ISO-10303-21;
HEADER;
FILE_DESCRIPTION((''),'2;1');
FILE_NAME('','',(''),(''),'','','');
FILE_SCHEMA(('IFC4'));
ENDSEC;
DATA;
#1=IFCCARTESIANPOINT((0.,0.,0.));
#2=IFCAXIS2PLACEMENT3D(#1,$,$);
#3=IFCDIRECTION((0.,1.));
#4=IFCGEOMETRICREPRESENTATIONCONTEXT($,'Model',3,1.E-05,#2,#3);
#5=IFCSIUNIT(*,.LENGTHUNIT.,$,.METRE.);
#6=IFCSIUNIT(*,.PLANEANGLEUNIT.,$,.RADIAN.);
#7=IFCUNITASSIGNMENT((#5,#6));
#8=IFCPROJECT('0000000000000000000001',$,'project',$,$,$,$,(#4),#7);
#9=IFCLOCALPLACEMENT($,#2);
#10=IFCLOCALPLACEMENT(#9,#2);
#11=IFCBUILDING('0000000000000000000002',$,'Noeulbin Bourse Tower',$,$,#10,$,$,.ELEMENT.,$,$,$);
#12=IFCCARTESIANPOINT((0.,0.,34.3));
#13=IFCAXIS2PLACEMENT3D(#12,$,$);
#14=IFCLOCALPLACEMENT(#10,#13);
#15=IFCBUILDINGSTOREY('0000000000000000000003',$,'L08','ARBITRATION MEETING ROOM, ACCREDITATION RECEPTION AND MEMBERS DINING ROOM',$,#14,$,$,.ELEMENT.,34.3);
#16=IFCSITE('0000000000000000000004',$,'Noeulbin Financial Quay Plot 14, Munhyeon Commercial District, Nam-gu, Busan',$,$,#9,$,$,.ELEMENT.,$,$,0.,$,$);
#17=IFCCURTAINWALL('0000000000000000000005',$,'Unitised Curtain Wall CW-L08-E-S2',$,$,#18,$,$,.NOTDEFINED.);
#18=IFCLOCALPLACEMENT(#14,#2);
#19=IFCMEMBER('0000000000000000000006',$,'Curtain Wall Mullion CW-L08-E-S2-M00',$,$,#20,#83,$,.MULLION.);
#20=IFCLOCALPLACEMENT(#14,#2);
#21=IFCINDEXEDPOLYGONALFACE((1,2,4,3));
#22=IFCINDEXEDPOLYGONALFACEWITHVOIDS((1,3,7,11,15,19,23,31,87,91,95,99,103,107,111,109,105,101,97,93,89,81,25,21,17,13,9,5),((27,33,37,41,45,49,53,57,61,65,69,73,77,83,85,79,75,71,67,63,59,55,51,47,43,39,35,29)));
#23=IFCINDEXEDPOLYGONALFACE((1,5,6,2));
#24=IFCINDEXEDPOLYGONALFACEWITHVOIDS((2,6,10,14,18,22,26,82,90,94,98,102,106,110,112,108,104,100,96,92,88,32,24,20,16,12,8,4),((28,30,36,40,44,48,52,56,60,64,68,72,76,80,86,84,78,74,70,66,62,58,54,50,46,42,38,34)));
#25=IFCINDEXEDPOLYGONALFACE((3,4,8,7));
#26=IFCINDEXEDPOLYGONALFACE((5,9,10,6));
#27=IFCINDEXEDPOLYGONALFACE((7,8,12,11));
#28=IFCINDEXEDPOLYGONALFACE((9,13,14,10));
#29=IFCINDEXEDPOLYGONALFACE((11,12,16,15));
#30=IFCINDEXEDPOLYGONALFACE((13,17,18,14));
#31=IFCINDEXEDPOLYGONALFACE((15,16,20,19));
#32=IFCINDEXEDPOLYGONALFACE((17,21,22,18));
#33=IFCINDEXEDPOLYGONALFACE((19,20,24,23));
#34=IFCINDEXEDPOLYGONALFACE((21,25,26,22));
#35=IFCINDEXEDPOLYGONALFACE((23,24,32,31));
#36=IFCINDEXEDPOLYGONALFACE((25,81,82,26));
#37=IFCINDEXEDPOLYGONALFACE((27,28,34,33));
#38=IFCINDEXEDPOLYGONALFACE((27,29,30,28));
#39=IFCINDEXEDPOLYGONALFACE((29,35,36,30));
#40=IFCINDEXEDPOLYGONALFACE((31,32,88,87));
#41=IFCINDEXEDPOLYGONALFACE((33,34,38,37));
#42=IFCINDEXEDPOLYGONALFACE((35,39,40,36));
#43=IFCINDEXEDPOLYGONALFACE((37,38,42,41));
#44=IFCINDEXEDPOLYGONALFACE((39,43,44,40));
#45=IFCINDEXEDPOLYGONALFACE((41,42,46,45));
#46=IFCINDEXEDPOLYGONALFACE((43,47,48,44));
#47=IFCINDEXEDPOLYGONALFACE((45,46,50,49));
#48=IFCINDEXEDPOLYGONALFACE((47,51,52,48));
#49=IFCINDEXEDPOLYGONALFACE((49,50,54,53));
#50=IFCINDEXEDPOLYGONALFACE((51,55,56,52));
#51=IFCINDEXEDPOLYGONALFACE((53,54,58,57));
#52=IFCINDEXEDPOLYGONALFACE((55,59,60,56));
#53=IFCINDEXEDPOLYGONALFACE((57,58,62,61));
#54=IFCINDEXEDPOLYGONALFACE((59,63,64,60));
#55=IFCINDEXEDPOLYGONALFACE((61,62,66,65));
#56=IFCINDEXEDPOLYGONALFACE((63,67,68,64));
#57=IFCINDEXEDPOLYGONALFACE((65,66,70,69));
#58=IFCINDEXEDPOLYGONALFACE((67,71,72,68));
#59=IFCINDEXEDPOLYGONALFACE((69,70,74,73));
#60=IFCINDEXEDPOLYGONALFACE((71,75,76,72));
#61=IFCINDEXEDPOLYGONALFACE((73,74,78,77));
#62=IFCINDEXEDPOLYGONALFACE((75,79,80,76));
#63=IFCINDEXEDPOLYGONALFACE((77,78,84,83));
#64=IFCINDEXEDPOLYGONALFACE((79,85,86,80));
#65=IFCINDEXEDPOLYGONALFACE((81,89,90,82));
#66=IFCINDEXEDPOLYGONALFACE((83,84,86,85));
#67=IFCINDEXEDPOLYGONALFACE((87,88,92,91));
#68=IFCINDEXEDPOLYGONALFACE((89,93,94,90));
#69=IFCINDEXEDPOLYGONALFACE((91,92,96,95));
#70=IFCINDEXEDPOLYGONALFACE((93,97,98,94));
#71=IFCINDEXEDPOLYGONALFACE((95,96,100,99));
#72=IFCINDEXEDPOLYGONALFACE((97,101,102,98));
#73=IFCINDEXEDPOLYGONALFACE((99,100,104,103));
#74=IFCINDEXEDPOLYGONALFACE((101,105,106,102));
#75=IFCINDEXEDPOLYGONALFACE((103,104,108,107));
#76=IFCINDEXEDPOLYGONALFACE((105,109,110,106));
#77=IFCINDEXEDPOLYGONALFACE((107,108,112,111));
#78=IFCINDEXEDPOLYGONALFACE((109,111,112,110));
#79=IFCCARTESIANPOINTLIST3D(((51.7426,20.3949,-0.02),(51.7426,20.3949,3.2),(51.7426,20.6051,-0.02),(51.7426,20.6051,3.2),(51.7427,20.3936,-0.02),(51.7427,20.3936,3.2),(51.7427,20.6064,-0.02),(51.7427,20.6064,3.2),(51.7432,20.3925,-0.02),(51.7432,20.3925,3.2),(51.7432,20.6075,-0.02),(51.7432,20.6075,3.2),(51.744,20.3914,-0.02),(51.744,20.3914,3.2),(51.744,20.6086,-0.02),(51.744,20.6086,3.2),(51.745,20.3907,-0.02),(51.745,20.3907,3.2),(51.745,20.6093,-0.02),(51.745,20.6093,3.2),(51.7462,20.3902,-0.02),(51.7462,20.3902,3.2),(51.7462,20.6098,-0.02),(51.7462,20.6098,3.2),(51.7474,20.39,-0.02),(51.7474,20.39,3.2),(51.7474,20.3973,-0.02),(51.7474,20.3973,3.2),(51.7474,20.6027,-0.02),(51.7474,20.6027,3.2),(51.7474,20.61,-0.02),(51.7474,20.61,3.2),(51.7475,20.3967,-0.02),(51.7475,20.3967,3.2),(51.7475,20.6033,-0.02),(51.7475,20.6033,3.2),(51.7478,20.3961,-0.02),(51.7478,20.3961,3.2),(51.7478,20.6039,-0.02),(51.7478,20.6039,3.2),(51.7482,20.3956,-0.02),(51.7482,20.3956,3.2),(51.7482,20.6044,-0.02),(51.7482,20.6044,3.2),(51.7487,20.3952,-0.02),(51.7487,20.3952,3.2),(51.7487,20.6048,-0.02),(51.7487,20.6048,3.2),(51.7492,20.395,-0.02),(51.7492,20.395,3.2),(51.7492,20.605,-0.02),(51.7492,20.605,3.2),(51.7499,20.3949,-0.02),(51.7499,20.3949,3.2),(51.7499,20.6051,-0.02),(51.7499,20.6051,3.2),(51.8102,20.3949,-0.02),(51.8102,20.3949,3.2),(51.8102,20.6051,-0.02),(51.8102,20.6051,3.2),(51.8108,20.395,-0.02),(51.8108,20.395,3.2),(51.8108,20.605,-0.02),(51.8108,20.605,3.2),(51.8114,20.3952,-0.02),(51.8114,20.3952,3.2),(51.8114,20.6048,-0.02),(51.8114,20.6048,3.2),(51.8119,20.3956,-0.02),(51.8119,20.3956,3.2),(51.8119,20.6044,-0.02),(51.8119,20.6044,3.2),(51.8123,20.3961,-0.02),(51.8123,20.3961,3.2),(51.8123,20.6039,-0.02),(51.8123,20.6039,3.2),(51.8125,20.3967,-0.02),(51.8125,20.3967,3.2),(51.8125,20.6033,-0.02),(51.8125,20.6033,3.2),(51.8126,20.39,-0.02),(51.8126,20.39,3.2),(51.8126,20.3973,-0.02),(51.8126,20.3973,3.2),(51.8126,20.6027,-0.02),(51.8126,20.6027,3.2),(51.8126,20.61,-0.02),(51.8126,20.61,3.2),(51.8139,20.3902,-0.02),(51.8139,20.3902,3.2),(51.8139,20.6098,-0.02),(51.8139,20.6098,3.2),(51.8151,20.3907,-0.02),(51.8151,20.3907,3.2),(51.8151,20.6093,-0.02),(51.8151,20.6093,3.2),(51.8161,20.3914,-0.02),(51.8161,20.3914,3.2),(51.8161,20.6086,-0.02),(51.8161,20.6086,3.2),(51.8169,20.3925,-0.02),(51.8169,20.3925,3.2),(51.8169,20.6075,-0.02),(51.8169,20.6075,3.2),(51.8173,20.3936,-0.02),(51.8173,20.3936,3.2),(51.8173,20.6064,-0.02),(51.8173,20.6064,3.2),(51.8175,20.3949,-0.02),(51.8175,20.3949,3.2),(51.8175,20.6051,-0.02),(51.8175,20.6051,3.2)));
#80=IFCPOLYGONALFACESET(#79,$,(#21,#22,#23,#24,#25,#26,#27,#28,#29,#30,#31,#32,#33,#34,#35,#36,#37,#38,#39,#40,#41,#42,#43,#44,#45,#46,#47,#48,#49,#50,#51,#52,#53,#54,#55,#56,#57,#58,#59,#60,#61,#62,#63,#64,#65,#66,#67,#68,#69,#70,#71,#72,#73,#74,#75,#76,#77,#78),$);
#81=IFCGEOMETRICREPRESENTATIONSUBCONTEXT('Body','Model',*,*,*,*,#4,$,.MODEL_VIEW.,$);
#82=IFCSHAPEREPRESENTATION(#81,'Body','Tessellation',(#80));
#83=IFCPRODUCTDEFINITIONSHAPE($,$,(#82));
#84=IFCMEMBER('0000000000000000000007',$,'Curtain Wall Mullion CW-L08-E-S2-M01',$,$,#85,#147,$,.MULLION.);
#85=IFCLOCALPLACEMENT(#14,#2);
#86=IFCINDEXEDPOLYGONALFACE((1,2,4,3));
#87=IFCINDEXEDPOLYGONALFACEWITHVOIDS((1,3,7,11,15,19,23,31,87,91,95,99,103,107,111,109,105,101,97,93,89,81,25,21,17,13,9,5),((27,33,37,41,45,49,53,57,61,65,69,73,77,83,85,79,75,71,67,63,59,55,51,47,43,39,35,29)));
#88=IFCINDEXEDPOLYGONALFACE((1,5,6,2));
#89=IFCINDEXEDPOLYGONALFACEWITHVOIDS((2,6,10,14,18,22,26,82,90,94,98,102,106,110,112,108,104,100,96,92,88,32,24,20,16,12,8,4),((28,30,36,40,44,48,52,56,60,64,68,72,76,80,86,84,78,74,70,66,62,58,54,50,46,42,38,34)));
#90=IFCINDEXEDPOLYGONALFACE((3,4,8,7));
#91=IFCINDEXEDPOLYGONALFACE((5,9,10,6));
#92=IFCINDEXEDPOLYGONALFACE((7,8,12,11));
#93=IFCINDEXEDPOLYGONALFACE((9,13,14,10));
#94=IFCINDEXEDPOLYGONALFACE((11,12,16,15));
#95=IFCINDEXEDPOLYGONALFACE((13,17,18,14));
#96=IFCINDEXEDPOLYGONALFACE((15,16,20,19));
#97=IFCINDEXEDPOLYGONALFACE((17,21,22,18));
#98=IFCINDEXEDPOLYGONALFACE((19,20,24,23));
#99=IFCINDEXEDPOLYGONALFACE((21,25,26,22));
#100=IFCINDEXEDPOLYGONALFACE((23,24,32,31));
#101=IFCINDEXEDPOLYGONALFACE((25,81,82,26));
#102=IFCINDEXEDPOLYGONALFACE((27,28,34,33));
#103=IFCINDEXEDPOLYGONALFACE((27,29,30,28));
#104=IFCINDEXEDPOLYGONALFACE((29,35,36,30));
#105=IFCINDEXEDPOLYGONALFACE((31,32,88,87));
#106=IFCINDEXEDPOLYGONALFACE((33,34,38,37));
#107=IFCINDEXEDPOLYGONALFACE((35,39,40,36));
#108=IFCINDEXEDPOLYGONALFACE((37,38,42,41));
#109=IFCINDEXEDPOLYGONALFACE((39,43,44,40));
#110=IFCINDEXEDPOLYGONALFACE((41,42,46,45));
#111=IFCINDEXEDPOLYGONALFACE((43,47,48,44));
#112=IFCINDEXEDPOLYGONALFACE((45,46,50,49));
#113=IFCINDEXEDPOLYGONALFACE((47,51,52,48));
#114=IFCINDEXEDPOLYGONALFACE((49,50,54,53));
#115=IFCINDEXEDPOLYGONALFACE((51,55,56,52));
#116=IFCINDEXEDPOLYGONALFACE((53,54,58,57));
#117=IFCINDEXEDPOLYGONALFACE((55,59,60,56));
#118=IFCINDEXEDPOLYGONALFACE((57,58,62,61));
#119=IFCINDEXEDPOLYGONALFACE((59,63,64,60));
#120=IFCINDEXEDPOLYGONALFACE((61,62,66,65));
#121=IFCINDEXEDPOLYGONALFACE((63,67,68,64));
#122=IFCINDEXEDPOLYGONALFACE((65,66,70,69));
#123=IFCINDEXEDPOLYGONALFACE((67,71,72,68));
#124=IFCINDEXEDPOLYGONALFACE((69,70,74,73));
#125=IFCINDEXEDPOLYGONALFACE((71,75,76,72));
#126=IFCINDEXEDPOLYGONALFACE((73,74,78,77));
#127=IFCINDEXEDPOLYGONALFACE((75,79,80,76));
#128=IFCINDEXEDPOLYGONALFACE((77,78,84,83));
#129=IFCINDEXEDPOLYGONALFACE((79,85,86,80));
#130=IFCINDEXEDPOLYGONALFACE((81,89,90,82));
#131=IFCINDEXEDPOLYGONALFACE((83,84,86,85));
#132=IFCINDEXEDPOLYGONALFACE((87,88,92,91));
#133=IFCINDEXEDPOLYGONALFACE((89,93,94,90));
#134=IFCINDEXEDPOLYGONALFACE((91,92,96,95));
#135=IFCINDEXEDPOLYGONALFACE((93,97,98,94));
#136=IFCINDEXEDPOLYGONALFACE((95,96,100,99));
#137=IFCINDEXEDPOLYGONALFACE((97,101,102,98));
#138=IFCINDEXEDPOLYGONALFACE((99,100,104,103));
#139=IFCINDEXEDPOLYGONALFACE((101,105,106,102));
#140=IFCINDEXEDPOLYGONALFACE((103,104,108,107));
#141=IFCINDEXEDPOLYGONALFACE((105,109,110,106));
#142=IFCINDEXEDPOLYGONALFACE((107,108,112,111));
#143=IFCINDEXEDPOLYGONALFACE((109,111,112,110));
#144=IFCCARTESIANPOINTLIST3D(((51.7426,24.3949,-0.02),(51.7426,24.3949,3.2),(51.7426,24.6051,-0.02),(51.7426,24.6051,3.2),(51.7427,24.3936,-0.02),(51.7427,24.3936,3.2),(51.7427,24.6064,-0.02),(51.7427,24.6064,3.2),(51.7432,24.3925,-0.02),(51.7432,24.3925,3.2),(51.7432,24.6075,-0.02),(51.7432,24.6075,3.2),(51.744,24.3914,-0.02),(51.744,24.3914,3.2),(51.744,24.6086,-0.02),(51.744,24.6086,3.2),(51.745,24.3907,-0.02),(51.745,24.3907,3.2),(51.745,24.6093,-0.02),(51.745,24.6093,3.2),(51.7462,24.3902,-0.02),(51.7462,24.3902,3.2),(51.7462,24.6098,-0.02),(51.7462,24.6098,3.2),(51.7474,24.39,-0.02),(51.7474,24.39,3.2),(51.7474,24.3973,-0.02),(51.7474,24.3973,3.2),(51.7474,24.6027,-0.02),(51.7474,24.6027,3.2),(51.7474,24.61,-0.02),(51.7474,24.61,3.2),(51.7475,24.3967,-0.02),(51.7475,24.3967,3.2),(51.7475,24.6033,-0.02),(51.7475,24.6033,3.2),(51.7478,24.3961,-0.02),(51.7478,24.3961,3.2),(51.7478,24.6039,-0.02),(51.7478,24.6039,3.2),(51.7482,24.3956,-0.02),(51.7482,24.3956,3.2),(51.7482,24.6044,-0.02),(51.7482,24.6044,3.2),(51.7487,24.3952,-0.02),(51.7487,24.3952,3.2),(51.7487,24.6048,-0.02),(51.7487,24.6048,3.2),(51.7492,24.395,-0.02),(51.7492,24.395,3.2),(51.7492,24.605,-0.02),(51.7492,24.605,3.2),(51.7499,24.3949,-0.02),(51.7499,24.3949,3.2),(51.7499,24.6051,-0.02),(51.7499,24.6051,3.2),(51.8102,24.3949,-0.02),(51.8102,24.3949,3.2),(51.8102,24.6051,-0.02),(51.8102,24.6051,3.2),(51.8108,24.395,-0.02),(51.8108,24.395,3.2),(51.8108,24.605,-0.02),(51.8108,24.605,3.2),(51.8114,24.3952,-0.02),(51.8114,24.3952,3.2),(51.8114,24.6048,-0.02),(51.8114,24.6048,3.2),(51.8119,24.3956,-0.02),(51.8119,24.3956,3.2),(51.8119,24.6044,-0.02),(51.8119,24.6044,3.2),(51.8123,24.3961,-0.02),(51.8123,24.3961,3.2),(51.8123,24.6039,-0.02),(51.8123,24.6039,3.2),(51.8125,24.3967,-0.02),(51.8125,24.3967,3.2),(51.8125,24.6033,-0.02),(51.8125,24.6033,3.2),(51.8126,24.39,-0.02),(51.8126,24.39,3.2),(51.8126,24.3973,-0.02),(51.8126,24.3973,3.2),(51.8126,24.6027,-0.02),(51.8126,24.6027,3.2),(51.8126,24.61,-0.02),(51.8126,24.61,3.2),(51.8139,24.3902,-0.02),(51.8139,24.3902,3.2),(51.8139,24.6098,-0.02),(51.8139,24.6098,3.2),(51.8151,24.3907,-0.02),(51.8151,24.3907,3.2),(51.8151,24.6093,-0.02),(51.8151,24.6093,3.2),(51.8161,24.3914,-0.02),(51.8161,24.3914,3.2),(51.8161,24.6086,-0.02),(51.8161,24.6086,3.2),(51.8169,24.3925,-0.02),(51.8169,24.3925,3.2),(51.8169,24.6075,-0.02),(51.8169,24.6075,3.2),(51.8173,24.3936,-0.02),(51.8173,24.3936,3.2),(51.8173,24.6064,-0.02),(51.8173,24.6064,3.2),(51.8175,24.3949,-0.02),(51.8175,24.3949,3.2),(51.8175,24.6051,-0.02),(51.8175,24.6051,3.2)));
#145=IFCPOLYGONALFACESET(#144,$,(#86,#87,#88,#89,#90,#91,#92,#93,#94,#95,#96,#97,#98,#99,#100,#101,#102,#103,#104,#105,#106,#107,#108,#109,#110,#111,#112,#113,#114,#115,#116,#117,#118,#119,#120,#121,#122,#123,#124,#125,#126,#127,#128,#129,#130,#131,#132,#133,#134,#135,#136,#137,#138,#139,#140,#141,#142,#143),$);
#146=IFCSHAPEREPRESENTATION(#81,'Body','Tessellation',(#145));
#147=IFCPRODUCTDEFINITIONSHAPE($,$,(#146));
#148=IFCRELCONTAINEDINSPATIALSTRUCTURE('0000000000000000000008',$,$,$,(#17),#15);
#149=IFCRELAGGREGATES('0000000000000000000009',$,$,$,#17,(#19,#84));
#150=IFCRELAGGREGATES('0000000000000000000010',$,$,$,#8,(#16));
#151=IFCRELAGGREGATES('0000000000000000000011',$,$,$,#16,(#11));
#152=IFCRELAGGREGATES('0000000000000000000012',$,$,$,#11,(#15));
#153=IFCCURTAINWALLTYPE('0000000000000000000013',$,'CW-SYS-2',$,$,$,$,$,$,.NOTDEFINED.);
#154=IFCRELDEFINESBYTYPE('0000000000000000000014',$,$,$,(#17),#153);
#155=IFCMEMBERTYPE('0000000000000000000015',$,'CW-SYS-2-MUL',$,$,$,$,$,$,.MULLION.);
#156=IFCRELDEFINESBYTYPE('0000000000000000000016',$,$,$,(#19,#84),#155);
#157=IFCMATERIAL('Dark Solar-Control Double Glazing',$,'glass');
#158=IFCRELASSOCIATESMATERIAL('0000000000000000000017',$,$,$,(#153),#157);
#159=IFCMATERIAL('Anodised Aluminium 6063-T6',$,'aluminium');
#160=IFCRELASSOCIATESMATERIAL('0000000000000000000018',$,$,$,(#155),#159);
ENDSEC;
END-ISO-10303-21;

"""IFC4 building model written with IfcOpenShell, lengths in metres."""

from ifc_helpers import new_model, si_unit, direction, frame, origin, origin_2d, place, context, subcontext, project, spatial, hollow_rectangle, extrude, material, material_profile, profile_set, type_object, element, aggregate, save


model = new_model("IFC4")

# Units and contexts
model_context = context("Model", 3, precision=1e-05, world=origin(), true_north=direction((0.0, 1.0)))
body_context = subcontext(model_context, "Body", "Model", "MODEL_VIEW")
ifc_project = project(units=[si_unit("LENGTHUNIT", "METRE"), si_unit("PLANEANGLEUNIT", "RADIAN")], contexts=[model_context])

# Site, building, storey
site_placement = place(None, origin())
site = spatial("IfcSite", under=ifc_project, at=site_placement, Name="Noeulbin Financial Quay Plot 14, Munhyeon Commercial District, Nam-gu, Busan", CompositionType="ELEMENT", RefElevation=0.0)
building_placement = place(site_placement, origin())
building = spatial("IfcBuilding", under=site, at=building_placement, Name="Noeulbin Bourse Tower", CompositionType="ELEMENT")
storey_placement = place(building_placement, frame((0.0, 0.0, 34.3)))
storey = spatial("IfcBuildingStorey", under=building, at=storey_placement, Name="L08", Description="ARBITRATION MEETING ROOM, ACCREDITATION RECEPTION AND MEMBERS DINING ROOM", CompositionType="ELEMENT", Elevation=34.3)

# Curtain wall, members
ifc_material_1 = material(Name="Dark Solar-Control Double Glazing", Category="glass")
curtain_wall_type = type_object("IfcCurtainWallType", Name="CW-SYS-2", PredefinedType="NOTDEFINED", material=ifc_material_1)
ifc_material_2 = material(Name="Anodised Aluminium 6063-T6", Category="aluminium")
ifc_material_profile_1 = material_profile(ifc_material_2, hollow_rectangle(XDim=0.075, YDim=0.22, WallThickness=0.0049, InnerFilletRadius=0.0024, OuterFilletRadius=0.0049, at=origin_2d()), Name="ALU-MULL-75x220x5", Category="LoadBearing")
ifc_profile_set_1 = profile_set([ifc_material_profile_1], Name="Anodised Aluminium 6063-T6")
member_type_1 = type_object("IfcMemberType", Name="CW-SYS-2-MUL", PredefinedType="MULLION", material=ifc_profile_set_1)
curtain_wall_1_placement = place(storey_placement, origin())
curtain_wall_1 = element("IfcCurtainWall", 1, at=curtain_wall_1_placement, inside=storey, type_object=curtain_wall_type, Name="Unitised Curtain Wall CW-L08-E-S2", PredefinedType="NOTDEFINED")
member_1_placement = place(storey_placement, frame((51.78, 20.5, -0.02), z_axis=(0.0, 0.0, 1.0), x_axis=(1.0, 0.0, 0.0)))
member_1 = element("IfcMember", 2, at=member_1_placement, type_object=member_type_1, Name="Curtain Wall Mullion CW-L08-E-S2-M00", PredefinedType="MULLION", context=body_context, shape_type="SweptSolid", body=[
    extrude(hollow_rectangle(XDim=0.075, YDim=0.22, WallThickness=0.0049, InnerFilletRadius=0.0024, OuterFilletRadius=0.0049, at=origin_2d()), origin(), (0.0, 0.0, 1.0), 3.22),
])
member_2_placement = place(storey_placement, frame((51.78, 24.5, -0.02), z_axis=(0.0, 0.0, 1.0), x_axis=(1.0, 0.0, 0.0)))
member_2 = element("IfcMember", 3, at=member_2_placement, type_object=member_type_1, Name="Curtain Wall Mullion CW-L08-E-S2-M01", PredefinedType="MULLION", context=body_context, shape_type="SweptSolid", body=[
    extrude(hollow_rectangle(XDim=0.075, YDim=0.22, WallThickness=0.0049, InnerFilletRadius=0.0024, OuterFilletRadius=0.0049, at=origin_2d()), origin(), (0.0, 0.0, 1.0), 3.22),
])

aggregate(curtain_wall_1, [member_1, member_2])

save(model, "model.ifc")
